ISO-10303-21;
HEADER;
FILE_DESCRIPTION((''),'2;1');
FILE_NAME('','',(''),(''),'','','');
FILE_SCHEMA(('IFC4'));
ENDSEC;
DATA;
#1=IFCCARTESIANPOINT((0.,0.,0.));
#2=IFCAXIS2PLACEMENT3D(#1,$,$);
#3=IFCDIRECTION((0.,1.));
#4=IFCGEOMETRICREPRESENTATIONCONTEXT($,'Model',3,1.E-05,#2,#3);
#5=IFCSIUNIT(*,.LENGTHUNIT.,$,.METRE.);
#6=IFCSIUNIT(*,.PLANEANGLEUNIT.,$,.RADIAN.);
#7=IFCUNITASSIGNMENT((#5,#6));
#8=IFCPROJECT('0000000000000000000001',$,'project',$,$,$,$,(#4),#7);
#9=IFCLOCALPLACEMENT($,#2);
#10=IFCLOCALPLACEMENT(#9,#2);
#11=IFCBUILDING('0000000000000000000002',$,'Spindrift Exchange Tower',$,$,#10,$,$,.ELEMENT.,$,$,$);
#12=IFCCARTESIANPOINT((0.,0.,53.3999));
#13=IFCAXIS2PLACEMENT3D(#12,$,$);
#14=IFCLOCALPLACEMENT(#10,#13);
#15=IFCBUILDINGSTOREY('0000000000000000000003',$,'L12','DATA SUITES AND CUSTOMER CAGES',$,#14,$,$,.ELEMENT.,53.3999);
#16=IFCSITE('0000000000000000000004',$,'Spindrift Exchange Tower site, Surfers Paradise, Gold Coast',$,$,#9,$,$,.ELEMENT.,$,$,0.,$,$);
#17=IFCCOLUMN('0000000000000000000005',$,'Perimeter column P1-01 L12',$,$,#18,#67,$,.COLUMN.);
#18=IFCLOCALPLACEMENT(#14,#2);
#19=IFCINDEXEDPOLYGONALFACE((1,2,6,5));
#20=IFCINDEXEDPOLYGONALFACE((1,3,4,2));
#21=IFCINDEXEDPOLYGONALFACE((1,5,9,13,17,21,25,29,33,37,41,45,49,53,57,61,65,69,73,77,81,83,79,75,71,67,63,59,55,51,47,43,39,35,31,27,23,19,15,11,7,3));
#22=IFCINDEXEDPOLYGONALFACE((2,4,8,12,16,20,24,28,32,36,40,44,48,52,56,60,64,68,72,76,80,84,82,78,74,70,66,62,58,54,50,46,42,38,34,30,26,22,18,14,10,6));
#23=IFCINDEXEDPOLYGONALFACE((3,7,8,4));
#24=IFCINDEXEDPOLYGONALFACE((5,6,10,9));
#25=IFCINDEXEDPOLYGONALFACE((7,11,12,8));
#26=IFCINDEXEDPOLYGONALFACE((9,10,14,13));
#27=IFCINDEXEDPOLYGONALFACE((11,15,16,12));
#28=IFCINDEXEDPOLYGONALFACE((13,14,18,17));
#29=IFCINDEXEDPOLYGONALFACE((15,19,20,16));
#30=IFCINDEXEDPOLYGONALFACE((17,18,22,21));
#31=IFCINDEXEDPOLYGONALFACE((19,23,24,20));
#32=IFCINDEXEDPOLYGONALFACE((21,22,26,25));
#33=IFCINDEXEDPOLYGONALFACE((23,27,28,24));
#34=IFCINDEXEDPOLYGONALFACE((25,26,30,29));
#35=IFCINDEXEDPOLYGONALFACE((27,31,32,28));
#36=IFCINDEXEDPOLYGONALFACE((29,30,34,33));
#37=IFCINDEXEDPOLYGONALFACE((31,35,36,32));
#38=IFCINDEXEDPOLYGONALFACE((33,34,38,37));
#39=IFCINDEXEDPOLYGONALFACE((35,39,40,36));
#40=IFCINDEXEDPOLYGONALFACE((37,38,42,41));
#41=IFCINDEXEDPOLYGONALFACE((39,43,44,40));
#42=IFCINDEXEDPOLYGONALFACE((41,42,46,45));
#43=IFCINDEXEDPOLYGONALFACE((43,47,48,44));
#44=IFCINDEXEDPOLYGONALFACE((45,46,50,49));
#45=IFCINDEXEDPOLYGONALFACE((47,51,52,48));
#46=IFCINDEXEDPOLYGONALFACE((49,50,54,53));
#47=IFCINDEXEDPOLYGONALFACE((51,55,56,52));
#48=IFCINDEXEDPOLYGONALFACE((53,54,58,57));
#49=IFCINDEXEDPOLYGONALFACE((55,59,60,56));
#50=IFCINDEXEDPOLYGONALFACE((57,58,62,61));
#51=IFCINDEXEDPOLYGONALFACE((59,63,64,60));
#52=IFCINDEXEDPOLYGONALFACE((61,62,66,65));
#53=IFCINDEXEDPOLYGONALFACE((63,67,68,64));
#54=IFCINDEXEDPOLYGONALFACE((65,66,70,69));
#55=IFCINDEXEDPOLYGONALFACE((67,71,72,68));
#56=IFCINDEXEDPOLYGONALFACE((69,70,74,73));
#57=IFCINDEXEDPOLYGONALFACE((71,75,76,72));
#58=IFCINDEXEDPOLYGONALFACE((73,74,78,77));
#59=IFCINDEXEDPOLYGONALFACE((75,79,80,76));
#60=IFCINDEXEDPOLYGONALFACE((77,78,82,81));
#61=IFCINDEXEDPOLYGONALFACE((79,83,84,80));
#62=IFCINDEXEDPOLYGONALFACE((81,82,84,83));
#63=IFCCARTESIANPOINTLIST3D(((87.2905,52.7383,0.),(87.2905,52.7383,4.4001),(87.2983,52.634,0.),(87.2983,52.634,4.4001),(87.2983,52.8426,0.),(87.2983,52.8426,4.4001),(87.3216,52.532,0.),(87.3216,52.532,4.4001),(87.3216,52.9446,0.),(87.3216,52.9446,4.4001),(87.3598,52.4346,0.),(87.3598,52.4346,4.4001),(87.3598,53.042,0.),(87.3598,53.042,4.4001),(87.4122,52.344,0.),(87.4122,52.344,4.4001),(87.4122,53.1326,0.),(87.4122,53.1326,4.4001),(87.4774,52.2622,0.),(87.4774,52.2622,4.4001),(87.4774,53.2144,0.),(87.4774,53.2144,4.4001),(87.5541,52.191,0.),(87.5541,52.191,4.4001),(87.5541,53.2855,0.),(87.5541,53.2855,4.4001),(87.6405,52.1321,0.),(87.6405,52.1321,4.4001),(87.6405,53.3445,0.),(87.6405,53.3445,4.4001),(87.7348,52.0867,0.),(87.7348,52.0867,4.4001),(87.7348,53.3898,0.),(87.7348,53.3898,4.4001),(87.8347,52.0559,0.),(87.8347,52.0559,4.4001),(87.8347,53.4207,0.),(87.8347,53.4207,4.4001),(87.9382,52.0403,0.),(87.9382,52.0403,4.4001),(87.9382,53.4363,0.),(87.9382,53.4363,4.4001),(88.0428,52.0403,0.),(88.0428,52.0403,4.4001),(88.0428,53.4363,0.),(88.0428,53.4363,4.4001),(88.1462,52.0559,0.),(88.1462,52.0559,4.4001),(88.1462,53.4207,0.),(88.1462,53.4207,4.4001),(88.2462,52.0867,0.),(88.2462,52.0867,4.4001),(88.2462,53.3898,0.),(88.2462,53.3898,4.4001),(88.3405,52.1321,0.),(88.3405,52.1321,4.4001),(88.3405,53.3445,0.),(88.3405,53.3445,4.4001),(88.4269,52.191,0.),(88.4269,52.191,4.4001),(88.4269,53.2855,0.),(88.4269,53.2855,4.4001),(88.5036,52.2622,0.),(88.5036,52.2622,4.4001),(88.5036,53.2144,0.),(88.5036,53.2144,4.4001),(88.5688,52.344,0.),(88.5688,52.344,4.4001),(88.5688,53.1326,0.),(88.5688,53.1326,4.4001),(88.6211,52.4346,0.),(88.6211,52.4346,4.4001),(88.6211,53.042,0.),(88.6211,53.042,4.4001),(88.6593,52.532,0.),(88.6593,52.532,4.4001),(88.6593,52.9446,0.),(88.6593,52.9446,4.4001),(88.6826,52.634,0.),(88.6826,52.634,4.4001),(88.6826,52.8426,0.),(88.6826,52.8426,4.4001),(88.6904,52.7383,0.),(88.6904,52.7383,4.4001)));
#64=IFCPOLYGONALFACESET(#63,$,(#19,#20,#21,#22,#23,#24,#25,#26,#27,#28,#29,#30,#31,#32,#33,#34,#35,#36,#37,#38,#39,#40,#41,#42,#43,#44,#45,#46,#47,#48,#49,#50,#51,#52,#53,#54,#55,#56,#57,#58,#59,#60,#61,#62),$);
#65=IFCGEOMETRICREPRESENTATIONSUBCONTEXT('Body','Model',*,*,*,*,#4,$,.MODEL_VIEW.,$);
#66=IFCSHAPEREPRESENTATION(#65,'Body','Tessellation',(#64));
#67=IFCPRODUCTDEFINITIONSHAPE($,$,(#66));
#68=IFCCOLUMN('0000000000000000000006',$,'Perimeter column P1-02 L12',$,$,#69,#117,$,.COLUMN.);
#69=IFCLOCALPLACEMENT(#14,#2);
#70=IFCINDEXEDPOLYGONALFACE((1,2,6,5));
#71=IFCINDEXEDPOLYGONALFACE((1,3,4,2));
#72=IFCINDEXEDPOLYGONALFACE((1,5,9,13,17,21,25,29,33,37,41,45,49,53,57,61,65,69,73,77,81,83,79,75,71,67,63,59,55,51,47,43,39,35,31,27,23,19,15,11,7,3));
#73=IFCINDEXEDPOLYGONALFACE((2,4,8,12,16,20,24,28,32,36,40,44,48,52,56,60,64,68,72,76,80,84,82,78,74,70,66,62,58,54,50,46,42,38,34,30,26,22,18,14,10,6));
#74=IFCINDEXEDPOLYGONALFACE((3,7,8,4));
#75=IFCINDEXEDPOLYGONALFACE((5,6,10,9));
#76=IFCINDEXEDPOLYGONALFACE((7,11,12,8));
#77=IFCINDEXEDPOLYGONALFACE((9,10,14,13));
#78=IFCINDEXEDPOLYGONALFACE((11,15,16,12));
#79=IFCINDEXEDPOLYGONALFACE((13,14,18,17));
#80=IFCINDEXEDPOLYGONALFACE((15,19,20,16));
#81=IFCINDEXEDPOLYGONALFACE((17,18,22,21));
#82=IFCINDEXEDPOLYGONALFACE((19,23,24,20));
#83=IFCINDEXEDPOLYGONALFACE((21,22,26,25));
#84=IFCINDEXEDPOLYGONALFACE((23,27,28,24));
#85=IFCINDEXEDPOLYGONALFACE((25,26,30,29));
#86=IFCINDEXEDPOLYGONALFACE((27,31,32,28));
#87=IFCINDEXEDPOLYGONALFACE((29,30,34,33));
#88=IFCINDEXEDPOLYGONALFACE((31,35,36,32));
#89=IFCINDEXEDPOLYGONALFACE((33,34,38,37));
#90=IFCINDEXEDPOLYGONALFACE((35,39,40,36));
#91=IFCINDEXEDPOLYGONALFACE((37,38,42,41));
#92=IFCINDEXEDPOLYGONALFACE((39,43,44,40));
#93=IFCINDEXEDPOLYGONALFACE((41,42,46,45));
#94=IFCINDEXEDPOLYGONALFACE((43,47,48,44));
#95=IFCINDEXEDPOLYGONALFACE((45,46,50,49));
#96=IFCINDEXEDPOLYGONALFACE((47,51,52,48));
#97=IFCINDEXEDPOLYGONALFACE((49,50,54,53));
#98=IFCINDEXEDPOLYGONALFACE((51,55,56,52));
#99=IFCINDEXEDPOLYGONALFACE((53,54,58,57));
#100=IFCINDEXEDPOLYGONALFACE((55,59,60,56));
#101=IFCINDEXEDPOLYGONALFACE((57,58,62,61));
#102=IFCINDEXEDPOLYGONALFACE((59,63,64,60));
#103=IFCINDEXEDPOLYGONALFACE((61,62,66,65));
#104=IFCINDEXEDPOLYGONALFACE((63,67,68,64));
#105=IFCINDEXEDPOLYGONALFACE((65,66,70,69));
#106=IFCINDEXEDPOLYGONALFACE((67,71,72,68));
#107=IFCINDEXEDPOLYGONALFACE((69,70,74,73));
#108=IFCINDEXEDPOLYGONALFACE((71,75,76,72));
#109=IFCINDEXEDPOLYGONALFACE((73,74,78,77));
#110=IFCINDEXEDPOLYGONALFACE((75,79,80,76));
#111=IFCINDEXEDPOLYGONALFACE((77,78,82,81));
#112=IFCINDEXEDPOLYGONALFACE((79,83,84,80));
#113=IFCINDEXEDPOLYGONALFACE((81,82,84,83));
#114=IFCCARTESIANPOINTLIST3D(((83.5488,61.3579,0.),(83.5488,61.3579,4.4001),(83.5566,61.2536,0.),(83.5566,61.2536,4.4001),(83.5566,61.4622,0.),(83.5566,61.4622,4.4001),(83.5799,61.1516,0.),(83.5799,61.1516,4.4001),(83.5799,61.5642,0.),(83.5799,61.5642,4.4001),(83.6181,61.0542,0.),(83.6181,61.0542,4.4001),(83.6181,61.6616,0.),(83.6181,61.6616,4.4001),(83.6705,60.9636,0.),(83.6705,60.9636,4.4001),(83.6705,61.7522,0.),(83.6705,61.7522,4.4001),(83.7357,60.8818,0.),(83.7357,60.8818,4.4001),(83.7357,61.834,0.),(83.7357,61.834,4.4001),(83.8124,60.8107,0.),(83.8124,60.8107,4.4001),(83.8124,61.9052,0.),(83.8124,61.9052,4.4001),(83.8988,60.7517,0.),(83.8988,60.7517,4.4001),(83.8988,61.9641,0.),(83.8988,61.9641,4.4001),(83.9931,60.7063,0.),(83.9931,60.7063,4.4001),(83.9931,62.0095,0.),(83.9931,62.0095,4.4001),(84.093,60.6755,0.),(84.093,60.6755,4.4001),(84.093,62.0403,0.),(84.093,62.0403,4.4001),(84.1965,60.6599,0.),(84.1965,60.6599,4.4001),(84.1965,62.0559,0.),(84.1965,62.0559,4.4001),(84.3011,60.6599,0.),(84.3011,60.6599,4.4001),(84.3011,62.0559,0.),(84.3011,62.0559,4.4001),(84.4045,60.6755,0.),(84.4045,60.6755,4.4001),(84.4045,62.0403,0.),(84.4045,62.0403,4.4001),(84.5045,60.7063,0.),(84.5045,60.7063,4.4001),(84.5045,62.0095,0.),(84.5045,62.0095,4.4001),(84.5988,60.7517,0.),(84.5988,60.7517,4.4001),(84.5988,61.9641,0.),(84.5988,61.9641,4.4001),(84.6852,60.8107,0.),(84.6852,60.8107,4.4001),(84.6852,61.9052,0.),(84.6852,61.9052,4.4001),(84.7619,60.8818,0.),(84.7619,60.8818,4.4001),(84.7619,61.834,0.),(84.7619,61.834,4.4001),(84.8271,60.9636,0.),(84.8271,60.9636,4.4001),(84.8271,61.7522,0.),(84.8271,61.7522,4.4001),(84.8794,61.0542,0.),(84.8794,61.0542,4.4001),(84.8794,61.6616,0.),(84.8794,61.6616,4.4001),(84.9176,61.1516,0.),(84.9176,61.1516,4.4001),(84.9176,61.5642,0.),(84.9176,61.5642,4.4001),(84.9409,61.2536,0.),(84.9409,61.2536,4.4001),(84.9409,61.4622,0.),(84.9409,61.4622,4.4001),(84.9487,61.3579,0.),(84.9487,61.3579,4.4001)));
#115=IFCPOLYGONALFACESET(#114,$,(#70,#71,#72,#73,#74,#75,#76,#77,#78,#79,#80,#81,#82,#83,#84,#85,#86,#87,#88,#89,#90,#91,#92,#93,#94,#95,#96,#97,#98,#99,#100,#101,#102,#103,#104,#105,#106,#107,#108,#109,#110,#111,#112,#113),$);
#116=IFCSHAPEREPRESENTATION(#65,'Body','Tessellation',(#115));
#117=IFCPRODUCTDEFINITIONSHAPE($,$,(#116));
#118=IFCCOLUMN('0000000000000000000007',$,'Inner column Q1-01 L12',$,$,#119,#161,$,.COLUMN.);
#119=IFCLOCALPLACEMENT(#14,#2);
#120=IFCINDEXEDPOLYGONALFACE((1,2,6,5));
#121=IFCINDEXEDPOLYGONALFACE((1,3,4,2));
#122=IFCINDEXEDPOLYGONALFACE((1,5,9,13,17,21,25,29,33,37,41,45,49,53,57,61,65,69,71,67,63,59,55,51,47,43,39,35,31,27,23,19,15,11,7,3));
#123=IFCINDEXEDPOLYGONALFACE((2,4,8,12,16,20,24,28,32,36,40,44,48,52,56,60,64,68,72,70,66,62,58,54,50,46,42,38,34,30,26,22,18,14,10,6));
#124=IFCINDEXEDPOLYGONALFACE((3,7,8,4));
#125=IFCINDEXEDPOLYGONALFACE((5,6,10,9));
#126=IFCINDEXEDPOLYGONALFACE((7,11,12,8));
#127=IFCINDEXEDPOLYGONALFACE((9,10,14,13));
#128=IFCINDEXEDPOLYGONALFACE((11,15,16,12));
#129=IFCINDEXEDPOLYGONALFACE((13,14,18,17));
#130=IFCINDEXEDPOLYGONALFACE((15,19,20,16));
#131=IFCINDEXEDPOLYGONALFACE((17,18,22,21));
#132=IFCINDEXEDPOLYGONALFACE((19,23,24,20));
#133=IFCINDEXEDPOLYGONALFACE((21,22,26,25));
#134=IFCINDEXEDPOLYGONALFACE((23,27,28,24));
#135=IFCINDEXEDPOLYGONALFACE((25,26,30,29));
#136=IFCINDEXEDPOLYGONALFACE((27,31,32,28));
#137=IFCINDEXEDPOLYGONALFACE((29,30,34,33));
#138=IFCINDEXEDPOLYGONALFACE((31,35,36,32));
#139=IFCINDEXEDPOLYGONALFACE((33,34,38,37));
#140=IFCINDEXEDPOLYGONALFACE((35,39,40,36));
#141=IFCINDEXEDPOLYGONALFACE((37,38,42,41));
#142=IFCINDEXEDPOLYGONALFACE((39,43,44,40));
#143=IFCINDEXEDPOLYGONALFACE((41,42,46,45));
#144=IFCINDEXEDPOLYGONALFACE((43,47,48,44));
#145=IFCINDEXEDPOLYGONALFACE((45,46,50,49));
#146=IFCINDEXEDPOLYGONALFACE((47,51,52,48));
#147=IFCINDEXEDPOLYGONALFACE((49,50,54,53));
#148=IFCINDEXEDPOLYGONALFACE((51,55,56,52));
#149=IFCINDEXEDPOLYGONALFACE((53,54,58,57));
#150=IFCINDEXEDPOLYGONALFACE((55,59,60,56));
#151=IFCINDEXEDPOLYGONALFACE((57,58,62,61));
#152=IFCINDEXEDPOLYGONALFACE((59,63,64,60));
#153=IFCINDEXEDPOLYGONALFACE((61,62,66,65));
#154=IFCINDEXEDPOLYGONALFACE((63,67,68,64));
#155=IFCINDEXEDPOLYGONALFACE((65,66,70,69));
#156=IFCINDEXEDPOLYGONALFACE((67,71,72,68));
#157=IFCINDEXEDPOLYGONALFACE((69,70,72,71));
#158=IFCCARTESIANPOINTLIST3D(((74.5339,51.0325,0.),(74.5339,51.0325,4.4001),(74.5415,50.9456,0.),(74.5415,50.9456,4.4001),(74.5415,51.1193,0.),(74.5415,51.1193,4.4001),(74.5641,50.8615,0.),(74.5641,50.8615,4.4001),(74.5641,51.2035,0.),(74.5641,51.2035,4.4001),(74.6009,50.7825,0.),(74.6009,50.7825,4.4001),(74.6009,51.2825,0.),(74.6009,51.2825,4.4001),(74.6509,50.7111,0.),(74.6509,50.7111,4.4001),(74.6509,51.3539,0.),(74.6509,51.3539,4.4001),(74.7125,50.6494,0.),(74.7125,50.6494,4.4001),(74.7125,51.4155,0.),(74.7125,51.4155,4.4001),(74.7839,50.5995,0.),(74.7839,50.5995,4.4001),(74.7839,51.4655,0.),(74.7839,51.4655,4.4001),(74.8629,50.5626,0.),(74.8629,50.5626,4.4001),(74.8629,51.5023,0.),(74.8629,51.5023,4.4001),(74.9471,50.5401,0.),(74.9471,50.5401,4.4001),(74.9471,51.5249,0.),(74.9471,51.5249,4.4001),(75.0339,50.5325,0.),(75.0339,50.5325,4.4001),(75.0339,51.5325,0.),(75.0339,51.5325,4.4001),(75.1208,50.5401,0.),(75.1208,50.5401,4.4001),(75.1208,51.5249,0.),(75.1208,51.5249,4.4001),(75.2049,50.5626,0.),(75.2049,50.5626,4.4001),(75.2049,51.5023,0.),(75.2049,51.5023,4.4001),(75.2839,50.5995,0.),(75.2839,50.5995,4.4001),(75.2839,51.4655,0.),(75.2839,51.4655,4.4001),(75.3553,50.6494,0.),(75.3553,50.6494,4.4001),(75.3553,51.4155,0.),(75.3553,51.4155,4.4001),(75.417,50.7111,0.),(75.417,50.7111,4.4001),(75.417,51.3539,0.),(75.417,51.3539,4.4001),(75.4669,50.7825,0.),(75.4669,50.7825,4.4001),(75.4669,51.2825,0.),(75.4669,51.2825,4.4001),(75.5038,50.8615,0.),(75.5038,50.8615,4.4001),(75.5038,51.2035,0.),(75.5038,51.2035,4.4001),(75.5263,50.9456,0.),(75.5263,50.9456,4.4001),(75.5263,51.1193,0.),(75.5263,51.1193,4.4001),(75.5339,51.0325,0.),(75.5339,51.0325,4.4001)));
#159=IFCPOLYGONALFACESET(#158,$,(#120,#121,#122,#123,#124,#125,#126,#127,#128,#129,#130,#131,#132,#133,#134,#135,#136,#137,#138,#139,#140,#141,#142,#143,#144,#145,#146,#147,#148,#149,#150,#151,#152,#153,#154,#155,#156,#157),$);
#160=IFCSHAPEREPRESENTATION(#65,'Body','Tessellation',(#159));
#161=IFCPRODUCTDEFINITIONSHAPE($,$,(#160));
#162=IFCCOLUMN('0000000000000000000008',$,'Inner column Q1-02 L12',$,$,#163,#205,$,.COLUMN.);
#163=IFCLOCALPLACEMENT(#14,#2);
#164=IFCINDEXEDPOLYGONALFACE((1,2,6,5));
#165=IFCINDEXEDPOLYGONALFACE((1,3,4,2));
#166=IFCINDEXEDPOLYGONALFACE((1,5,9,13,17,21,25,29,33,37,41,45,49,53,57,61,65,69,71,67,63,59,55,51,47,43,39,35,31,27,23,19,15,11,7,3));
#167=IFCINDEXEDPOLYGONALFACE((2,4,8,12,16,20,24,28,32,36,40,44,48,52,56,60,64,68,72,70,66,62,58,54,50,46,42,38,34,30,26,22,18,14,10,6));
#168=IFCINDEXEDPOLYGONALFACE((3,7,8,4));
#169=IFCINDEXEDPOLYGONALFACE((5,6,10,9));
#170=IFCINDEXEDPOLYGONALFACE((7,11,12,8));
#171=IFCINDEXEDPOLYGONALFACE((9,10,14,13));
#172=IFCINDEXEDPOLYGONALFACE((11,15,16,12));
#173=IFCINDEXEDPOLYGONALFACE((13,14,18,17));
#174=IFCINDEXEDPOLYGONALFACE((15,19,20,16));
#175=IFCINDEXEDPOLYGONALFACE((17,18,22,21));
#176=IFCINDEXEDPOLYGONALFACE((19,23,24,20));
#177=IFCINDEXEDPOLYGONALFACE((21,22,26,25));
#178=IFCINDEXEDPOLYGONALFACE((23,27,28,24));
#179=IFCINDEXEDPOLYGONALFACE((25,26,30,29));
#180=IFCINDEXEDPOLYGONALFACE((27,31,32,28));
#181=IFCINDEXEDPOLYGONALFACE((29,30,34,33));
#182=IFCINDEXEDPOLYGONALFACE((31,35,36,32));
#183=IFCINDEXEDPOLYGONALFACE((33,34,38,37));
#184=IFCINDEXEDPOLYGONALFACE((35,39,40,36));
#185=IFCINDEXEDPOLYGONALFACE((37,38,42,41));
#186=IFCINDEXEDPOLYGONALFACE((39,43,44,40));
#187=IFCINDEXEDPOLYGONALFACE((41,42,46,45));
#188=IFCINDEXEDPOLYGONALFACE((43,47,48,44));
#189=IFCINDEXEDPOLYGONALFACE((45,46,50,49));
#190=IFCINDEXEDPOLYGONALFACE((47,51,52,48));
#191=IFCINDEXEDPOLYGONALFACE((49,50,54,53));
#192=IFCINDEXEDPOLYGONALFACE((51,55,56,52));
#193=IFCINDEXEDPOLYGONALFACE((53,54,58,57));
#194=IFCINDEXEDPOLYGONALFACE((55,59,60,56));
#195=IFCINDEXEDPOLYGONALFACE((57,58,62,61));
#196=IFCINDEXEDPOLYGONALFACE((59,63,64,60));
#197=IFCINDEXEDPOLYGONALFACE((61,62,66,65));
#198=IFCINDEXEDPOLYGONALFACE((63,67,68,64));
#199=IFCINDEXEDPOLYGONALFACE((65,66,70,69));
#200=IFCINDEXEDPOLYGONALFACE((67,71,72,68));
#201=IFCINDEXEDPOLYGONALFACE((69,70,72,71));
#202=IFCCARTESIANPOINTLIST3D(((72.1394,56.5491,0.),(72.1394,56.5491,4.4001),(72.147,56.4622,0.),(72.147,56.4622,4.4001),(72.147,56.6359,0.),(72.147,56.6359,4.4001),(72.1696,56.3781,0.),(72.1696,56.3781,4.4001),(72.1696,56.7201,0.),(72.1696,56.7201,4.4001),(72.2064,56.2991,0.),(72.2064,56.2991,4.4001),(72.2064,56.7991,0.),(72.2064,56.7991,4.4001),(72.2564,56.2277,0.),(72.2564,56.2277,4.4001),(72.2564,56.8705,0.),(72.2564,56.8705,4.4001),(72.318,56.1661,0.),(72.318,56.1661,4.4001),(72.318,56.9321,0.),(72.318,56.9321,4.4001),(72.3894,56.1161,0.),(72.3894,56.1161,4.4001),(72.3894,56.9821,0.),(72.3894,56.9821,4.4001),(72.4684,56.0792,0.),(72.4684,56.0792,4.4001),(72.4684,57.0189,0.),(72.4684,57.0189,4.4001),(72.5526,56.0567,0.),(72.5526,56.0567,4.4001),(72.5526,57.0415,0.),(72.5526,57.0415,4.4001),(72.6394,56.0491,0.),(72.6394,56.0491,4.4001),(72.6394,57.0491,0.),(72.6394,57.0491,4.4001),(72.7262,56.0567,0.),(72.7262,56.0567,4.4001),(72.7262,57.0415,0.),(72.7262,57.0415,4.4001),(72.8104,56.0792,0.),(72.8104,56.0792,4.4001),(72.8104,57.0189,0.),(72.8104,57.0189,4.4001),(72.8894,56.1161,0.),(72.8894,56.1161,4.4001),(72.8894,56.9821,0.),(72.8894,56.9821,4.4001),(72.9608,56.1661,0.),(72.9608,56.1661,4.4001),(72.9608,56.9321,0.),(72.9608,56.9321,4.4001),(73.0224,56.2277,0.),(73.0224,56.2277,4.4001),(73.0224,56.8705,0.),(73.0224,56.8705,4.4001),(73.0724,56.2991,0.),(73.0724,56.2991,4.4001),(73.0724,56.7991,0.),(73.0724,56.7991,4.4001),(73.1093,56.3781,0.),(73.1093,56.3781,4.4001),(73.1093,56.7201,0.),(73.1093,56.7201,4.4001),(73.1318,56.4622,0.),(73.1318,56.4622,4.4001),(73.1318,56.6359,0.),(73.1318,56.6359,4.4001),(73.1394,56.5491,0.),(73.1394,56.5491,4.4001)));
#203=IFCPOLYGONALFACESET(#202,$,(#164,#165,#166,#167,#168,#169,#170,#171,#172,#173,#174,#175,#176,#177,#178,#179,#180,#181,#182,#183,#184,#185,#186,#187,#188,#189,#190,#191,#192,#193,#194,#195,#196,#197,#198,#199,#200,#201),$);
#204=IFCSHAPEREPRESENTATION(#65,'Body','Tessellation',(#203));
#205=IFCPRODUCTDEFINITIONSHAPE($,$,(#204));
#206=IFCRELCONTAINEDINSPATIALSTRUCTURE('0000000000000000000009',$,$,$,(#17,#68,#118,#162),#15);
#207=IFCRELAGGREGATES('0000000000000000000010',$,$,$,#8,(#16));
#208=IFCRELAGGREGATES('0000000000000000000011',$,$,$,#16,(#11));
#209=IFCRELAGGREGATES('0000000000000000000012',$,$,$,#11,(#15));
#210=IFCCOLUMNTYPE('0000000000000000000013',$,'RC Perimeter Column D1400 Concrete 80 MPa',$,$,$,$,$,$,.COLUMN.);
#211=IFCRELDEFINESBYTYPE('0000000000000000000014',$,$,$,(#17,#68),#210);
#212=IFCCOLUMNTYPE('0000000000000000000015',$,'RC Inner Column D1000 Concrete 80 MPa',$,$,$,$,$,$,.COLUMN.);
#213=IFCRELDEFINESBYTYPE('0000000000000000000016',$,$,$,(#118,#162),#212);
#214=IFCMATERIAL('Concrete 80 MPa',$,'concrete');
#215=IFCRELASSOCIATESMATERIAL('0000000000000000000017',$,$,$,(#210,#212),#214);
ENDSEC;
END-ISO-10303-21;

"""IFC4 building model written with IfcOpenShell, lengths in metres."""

from ifc_helpers import new_model, si_unit, direction, frame, origin, origin_2d, place, context, subcontext, project, spatial, circle, extrude, source, transform, mapped, material, material_profile, profile_set, type_object, element, save


model = new_model("IFC4")

# Units and contexts
model_context = context("Model", 3, precision=1e-05, world=origin(), true_north=direction((0.0, 1.0)))
body_context = subcontext(model_context, "Body", "Model", "MODEL_VIEW")
ifc_project = project(units=[si_unit("LENGTHUNIT", "METRE"), si_unit("PLANEANGLEUNIT", "RADIAN")], contexts=[model_context])

# Site, building, storey
site_placement = place(None, origin())
site = spatial("IfcSite", under=ifc_project, at=site_placement, Name="Spindrift Exchange Tower site, Surfers Paradise, Gold Coast", CompositionType="ELEMENT", RefElevation=0.0)
building_placement = place(site_placement, origin())
building = spatial("IfcBuilding", under=site, at=building_placement, Name="Spindrift Exchange Tower", CompositionType="ELEMENT")
storey_placement = place(building_placement, frame((0.0, 0.0, 53.3999)))
storey = spatial("IfcBuildingStorey", under=building, at=storey_placement, Name="L12", Description="DATA SUITES AND CUSTOMER CAGES", CompositionType="ELEMENT", Elevation=53.3999)

# Columns
ifc_material_1 = material(Name="Concrete 80 MPa", Category="concrete")
ifc_material_profile_1 = material_profile(ifc_material_1, circle(Radius=0.7, at=origin_2d()), Name="RC D1400")
ifc_profile_set_1 = profile_set([ifc_material_profile_1], Name="Concrete 80 MPa")
column_type_1 = type_object("IfcColumnType", Name="RC Perimeter Column D1400 Concrete 80 MPa", PredefinedType="COLUMN", material=ifc_profile_set_1)
shared_shape_1 = source(origin(), body_context, "Body", "SweptSolid", [
    extrude(circle(Radius=0.7, at=origin_2d()), origin(), (0.0, 0.0, 1.0), 4.4001),
])
for number, where, z_axis, x_axis, name in (
    (1, (87.9905, 52.7383, 0.0), (0.0, 0.0, 1.0), (1.0, 0.0, 0.0), "Perimeter column P1-01 L12"),
    (2, (84.2488, 61.3579, 0.0), (0.0, 0.0, 1.0), (1.0, 0.0, 0.0), "Perimeter column P1-02 L12"),
):
    element("IfcColumn", number, at=place(storey_placement, frame(where, z_axis=z_axis, x_axis=x_axis)), inside=storey, type_object=column_type_1, Name=name, PredefinedType="COLUMN", context=body_context, shape_type="MappedRepresentation", body=[
        mapped(shared_shape_1, transform((0.0, 0.0, 0.0), scale=1.0)),
    ])
ifc_material_profile_2 = material_profile(ifc_material_1, circle(Radius=0.5, at=origin_2d()), Name="RC D1000")
ifc_profile_set_2 = profile_set([ifc_material_profile_2], Name="Concrete 80 MPa")
column_type_2 = type_object("IfcColumnType", Name="RC Inner Column D1000 Concrete 80 MPa", PredefinedType="COLUMN", material=ifc_profile_set_2)
shared_shape_2 = source(origin(), body_context, "Body", "SweptSolid", [
    extrude(circle(Radius=0.5, at=origin_2d()), origin(), (0.0, 0.0, 1.0), 4.4001),
])
for number, where, z_axis, x_axis, name in (
    (3, (75.0339, 51.0325, 0.0), (0.0, 0.0, 1.0), (1.0, 0.0, 0.0), "Inner column Q1-01 L12"),
    (4, (72.6394, 56.5491, 0.0), (0.0, 0.0, 1.0), (1.0, 0.0, 0.0), "Inner column Q1-02 L12"),
):
    element("IfcColumn", number, at=place(storey_placement, frame(where, z_axis=z_axis, x_axis=x_axis)), inside=storey, type_object=column_type_2, Name=name, PredefinedType="COLUMN", context=body_context, shape_type="MappedRepresentation", body=[
        mapped(shared_shape_2, transform((0.0, 0.0, 0.0), scale=1.0)),
    ])

save(model, "model.ifc")
